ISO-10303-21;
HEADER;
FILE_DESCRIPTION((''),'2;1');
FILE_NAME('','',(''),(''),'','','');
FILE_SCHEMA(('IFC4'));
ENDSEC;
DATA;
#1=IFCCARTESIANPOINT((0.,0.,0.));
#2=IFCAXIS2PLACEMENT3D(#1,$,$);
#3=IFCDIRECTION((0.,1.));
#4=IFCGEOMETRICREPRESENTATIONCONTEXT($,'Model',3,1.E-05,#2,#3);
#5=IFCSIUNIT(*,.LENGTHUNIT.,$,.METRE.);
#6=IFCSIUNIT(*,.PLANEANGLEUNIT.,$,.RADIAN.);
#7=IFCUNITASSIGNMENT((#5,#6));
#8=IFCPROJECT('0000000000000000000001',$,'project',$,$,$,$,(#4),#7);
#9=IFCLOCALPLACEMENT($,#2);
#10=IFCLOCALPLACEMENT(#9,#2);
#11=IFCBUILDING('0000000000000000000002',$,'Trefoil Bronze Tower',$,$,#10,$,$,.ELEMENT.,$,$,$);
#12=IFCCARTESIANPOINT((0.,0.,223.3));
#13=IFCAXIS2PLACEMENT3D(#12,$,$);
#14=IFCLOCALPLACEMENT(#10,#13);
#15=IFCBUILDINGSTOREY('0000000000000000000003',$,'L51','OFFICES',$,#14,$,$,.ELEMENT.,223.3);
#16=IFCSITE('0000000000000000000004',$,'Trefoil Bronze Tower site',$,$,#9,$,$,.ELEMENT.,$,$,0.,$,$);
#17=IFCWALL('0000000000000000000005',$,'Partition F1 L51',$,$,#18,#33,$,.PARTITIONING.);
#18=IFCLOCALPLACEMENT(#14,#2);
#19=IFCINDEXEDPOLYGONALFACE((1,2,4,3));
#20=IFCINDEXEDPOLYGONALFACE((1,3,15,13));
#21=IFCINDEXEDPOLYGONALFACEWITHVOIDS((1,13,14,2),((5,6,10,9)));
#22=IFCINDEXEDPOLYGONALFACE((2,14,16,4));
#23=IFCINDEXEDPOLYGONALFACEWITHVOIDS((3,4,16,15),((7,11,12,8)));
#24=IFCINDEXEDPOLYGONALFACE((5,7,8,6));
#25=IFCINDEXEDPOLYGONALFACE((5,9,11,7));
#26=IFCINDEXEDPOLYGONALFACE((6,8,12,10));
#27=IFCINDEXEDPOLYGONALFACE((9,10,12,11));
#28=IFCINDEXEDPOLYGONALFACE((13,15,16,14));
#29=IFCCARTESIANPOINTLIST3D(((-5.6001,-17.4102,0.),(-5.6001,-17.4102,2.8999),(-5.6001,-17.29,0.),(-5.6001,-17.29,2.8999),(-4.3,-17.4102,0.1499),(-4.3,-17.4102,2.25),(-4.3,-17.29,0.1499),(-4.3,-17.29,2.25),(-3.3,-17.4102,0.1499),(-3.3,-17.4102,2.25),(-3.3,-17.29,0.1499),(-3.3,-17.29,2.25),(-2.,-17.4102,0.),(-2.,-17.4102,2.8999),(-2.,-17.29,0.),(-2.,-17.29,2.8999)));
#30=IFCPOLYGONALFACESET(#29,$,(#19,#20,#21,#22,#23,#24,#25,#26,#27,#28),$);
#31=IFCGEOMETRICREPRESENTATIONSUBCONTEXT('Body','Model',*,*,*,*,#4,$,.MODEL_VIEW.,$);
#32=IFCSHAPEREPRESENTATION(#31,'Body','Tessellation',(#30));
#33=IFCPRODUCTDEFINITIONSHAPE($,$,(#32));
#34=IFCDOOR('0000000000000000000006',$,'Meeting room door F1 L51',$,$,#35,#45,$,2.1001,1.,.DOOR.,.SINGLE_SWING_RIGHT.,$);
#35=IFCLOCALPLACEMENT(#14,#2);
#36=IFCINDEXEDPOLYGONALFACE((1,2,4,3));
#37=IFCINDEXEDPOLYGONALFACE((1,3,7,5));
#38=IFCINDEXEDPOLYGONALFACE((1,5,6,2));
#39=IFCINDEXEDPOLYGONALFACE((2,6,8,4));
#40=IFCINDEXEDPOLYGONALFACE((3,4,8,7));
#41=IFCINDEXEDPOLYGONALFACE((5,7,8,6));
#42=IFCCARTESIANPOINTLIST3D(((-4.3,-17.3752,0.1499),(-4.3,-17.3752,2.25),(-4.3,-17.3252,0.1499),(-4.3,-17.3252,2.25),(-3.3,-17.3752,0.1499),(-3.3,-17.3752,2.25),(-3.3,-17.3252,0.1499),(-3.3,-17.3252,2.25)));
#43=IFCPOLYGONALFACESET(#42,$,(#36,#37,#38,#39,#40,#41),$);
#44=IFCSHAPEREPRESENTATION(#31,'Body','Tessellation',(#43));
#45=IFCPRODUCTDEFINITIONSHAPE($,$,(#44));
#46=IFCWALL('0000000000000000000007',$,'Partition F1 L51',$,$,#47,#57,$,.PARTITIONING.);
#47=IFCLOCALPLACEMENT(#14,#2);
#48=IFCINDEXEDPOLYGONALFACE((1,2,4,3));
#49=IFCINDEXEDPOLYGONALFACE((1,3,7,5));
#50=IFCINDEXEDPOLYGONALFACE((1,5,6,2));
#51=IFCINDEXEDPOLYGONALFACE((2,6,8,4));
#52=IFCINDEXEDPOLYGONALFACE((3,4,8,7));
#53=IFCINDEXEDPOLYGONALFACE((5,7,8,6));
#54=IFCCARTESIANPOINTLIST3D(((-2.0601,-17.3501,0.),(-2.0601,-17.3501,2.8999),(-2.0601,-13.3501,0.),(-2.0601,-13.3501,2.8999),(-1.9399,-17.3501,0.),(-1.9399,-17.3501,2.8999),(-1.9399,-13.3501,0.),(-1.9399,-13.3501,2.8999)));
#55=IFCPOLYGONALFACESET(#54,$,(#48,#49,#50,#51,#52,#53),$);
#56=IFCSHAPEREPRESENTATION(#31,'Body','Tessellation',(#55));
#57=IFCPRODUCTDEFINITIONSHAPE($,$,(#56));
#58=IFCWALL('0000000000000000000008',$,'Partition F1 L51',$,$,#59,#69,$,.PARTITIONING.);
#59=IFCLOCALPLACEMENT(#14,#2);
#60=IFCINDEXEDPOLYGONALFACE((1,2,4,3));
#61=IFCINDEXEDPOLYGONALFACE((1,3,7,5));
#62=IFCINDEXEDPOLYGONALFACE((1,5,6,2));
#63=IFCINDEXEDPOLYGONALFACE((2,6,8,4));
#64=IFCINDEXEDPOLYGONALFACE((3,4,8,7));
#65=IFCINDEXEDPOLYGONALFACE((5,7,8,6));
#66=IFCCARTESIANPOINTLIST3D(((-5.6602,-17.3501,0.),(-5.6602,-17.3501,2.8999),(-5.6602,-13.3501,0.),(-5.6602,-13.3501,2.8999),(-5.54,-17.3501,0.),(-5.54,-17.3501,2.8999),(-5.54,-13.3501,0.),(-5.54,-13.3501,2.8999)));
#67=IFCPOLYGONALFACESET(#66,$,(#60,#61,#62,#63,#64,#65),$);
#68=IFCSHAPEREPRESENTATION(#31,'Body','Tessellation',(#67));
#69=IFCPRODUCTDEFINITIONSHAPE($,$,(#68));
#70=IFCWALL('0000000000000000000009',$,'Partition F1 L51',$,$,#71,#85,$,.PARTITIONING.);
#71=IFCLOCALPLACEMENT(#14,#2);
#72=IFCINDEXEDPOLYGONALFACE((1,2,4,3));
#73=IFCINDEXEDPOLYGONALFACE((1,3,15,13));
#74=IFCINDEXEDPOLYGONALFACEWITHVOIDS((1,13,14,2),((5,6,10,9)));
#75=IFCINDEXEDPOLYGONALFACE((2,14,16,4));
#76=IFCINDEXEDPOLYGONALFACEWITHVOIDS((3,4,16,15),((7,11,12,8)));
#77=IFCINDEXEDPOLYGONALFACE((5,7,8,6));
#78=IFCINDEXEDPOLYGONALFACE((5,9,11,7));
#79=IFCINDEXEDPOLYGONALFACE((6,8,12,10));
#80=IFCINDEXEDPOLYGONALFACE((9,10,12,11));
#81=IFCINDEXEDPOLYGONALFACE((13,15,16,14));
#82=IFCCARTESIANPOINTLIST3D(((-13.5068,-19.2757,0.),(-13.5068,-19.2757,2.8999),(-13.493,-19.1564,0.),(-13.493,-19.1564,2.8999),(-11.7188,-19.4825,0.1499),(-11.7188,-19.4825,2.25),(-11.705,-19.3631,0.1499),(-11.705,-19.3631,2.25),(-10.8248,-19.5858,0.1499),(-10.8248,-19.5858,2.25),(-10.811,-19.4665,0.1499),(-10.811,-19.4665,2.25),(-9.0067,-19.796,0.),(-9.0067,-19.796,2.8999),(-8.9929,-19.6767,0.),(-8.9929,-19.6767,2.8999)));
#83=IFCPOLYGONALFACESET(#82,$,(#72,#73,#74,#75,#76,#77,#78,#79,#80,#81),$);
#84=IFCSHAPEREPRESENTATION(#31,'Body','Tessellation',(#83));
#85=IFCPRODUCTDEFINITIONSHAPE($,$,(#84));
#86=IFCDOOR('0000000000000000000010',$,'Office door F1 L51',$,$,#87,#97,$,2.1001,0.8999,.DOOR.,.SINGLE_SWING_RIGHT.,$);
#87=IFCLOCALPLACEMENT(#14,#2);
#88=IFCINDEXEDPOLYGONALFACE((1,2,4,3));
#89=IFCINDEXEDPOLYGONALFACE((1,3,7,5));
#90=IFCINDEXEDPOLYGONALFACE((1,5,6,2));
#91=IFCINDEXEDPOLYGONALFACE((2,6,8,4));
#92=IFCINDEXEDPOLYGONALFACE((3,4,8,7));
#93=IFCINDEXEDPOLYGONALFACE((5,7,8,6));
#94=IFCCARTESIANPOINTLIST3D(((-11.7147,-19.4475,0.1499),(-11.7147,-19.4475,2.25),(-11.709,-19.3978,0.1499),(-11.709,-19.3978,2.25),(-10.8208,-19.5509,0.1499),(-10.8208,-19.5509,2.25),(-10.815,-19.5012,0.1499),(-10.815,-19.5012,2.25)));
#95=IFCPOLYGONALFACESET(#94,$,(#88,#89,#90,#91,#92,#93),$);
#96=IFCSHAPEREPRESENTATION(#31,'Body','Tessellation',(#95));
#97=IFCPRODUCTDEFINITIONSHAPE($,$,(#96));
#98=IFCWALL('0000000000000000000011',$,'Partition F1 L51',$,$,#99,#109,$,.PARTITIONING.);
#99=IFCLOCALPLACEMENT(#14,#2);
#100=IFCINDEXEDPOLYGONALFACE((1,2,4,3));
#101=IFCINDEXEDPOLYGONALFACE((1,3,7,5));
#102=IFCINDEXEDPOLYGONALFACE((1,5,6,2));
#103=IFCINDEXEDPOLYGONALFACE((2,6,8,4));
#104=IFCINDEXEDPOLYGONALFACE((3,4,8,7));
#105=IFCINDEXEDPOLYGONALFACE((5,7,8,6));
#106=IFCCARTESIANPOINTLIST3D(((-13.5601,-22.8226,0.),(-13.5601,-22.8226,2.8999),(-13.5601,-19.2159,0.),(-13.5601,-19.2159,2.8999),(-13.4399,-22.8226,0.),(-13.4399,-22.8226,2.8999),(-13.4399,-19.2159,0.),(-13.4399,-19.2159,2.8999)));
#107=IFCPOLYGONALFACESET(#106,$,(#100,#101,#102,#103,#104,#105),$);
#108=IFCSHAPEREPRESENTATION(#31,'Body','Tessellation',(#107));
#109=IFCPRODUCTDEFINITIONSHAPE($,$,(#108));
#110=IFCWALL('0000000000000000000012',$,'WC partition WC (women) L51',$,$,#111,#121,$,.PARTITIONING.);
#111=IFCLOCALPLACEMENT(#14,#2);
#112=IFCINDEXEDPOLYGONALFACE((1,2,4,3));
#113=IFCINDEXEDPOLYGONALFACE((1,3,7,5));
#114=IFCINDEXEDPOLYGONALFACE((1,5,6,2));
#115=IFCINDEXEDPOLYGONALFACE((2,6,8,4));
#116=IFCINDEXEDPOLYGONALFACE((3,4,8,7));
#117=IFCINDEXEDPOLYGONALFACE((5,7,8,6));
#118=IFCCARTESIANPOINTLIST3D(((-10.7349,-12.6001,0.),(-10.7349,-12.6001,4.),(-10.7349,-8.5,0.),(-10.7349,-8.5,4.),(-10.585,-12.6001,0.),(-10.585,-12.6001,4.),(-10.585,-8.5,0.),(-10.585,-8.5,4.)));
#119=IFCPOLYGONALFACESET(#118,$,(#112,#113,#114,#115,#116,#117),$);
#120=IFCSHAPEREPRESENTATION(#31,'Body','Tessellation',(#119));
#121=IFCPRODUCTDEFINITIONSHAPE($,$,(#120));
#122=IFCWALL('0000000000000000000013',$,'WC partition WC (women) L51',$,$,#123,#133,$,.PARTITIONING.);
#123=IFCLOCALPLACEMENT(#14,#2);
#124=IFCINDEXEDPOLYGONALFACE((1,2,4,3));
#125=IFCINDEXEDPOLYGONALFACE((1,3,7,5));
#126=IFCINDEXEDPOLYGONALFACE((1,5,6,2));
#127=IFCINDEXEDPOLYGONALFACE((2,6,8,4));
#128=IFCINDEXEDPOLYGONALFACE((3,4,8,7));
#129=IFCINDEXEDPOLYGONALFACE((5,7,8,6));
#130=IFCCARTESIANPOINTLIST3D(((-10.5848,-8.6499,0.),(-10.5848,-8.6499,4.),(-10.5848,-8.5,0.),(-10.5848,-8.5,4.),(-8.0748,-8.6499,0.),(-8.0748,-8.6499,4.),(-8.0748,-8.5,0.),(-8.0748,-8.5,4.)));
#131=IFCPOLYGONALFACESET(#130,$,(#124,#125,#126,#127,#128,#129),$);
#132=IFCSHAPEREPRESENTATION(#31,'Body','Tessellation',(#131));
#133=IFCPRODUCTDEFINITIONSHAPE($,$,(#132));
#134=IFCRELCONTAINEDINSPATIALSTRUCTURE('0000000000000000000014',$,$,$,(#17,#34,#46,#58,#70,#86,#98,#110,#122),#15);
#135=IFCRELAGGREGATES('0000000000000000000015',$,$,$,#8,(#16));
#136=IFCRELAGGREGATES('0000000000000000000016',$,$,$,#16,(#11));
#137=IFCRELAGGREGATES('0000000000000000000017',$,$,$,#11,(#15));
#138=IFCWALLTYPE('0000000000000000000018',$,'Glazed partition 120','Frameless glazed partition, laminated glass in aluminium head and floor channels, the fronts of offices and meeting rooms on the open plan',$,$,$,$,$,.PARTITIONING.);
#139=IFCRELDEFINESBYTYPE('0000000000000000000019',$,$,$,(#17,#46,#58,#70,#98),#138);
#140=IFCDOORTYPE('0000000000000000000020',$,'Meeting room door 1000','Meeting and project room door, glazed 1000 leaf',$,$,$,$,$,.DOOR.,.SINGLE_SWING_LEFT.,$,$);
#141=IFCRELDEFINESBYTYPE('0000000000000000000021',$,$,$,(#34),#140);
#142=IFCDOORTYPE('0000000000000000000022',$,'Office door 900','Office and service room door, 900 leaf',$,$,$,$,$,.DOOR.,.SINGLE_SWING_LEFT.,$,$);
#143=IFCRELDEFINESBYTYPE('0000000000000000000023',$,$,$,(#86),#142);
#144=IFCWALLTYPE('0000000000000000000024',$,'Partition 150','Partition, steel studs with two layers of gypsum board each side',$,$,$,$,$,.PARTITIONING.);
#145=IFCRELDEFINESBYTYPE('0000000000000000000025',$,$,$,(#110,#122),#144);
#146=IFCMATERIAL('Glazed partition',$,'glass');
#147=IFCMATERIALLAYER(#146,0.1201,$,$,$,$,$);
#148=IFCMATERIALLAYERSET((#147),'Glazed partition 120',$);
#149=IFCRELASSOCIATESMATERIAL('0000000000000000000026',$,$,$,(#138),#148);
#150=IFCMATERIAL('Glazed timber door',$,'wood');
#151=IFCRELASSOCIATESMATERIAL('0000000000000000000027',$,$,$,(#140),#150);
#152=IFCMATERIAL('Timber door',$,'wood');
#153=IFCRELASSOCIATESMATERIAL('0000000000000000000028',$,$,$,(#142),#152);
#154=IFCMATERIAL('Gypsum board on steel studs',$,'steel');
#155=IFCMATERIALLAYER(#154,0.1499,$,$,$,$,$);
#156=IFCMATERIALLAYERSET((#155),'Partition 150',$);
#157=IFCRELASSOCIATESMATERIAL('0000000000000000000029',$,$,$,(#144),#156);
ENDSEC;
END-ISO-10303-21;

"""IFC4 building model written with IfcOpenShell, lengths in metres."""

from ifc_helpers import new_model, si_unit, direction, frame, frame_2d, origin, place, context, subcontext, project, spatial, rectangle, extrude, material, layer, layer_set, type_object, element, fill, save


model = new_model("IFC4")

# Units and contexts
model_context = context("Model", 3, precision=1e-05, world=origin(), true_north=direction((0.0, 1.0)))
body_context = subcontext(model_context, "Body", "Model", "MODEL_VIEW")
ifc_project = project(units=[si_unit("LENGTHUNIT", "METRE"), si_unit("PLANEANGLEUNIT", "RADIAN")], contexts=[model_context])

# Site, building, storey
site_placement = place(None, origin())
site = spatial("IfcSite", under=ifc_project, at=site_placement, Name="Trefoil Bronze Tower site", CompositionType="ELEMENT", RefElevation=0.0)
building_placement = place(site_placement, origin())
building = spatial("IfcBuilding", under=site, at=building_placement, Name="Trefoil Bronze Tower", CompositionType="ELEMENT")
storey_placement = place(building_placement, frame((0.0, 0.0, 223.3)))
storey = spatial("IfcBuildingStorey", under=building, at=storey_placement, Name="L51", Description="OFFICES", CompositionType="ELEMENT", Elevation=223.3)

# Wall, opening, door
ifc_material_1 = material(Name="Glazed partition", Category="glass")
ifc_layer_1 = layer(ifc_material_1, 0.1201)
ifc_layer_set_1 = layer_set([ifc_layer_1], Name="Glazed partition 120")
wall_type_1 = type_object("IfcWallType", Name="Glazed partition 120", Description="Frameless glazed partition, laminated glass in aluminium head and floor channels, the fronts of offices and meeting rooms on the open plan", PredefinedType="PARTITIONING", material=ifc_layer_set_1)
wall_1_placement = place(storey_placement, frame((-5.6001, -17.3501, 0.0), z_axis=(0.0, 0.0, 1.0), x_axis=(1.0, 0.0, 0.0)))
wall_1 = element("IfcWall", 1, at=wall_1_placement, inside=storey, type_object=wall_type_1, Name="Partition F1 L51", PredefinedType="PARTITIONING", context=body_context, shape_type="SweptSolid", body=[
    extrude(rectangle(XDim=3.6001, YDim=0.1201, at=frame_2d((1.8, 0.0))), origin(), (0.0, 0.0, 1.0), 2.8999),
])
opening_1_placement = place(wall_1_placement, frame((1.3, 0.0, 0.1499)))
opening_1 = element("IfcOpeningElement", 2, at=opening_1_placement, cuts=wall_1, PredefinedType="OPENING", context=body_context, shape_type="SweptSolid", body=[
    extrude(rectangle(XDim=1.0, YDim=2.1001, at=frame_2d((0.5, 1.05))), frame((0.0, 0.0701, 0.0), z_axis=(0.0, -1.0, 0.0), x_axis=(1.0, 0.0, 0.0)), (0.0, 0.0, 1.0), 0.1401),
])
ifc_material_2 = material(Name="Glazed timber door", Category="wood")
door_type_1 = type_object("IfcDoorType", Name="Meeting room door 1000", Description="Meeting and project room door, glazed 1000 leaf", OperationType="SINGLE_SWING_LEFT", PredefinedType="DOOR", material=ifc_material_2)
door_1_placement = place(opening_1_placement, origin())
door_1 = element("IfcDoor", 3, at=door_1_placement, inside=storey, type_object=door_type_1, Name="Meeting room door F1 L51", OperationType="SINGLE_SWING_RIGHT", OverallHeight=2.1001, OverallWidth=1.0, PredefinedType="DOOR", context=body_context, shape_type="SweptSolid", body=[
    extrude(rectangle(XDim=1.0, YDim=2.1001, at=frame_2d((0.5, 1.05))), frame((0.0, 0.0249, 0.0), z_axis=(0.0, -1.0, 0.0), x_axis=(1.0, 0.0, 0.0)), (0.0, 0.0, 1.0), 0.05),
])
fill(opening_1, door_1)

# Walls
for number, where, z_axis, x_axis, name in (
    (4, (-2.0, -13.3501, 0.0), (0.0, 0.0, 1.0), (0.0, -1.0, 0.0), "Partition F1 L51"),
    (5, (-5.6001, -13.3501, 0.0), (0.0, 0.0, 1.0), (0.0, -1.0, 0.0), "Partition F1 L51"),
):
    element("IfcWall", number, at=place(storey_placement, frame(where, z_axis=z_axis, x_axis=x_axis)), inside=storey, type_object=wall_type_1, Name=name, PredefinedType="PARTITIONING", context=body_context, shape_type="SweptSolid", body=[
        extrude(rectangle(XDim=4.0, YDim=0.1201, at=frame_2d((2.0, 0.0))), origin(), (0.0, 0.0, 1.0), 2.8999),
    ])

# Wall, opening, door
wall_2_placement = place(storey_placement, frame((-13.5, -19.2161, 0.0), z_axis=(0.0, 0.0, 1.0), x_axis=(0.993383, -0.114849, 0.0)))
wall_2 = element("IfcWall", 6, at=wall_2_placement, inside=storey, type_object=wall_type_1, Name="Partition F1 L51", PredefinedType="PARTITIONING", context=body_context, shape_type="SweptSolid", body=[
    extrude(rectangle(XDim=4.53, YDim=0.1201, at=frame_2d((2.2651, 0.0))), origin(), (0.0, 0.0, 1.0), 2.8999),
])
opening_2_placement = place(wall_2_placement, frame((1.8, 0.0, 0.1499)))
opening_2 = element("IfcOpeningElement", 7, at=opening_2_placement, cuts=wall_2, PredefinedType="OPENING", context=body_context, shape_type="SweptSolid", body=[
    extrude(rectangle(XDim=0.8999, YDim=2.1001, at=frame_2d((0.45, 1.05))), frame((0.0, 0.0701, 0.0), z_axis=(0.0, -1.0, 0.0), x_axis=(1.0, 0.0, 0.0)), (0.0, 0.0, 1.0), 0.1401),
])
ifc_material_3 = material(Name="Timber door", Category="wood")
door_type_2 = type_object("IfcDoorType", Name="Office door 900", Description="Office and service room door, 900 leaf", OperationType="SINGLE_SWING_LEFT", PredefinedType="DOOR", material=ifc_material_3)
door_2_placement = place(opening_2_placement, frame((0.8999, 0.0, 0.0), z_axis=(0.0, 0.0, 1.0), x_axis=(-1.0, 0.0, 0.0)))
door_2 = element("IfcDoor", 8, at=door_2_placement, inside=storey, type_object=door_type_2, Name="Office door F1 L51", OperationType="SINGLE_SWING_RIGHT", OverallHeight=2.1001, OverallWidth=0.8999, PredefinedType="DOOR", context=body_context, shape_type="SweptSolid", body=[
    extrude(rectangle(XDim=0.8999, YDim=2.1001, at=frame_2d((0.45, 1.05))), frame((0.0, 0.0249, 0.0), z_axis=(0.0, -1.0, 0.0), x_axis=(1.0, 0.0, 0.0)), (0.0, 0.0, 1.0), 0.05),
])
fill(opening_2, door_2)

# Walls
wall_3_placement = place(storey_placement, frame((-13.5, -19.2161, 0.0), z_axis=(0.0, 0.0, 1.0), x_axis=(0.0, -1.0, 0.0)))
element("IfcWall", 9, at=wall_3_placement, inside=storey, type_object=wall_type_1, Name="Partition F1 L51", PredefinedType="PARTITIONING", context=body_context, shape_type="SweptSolid", body=[
    extrude(rectangle(XDim=3.6067, YDim=0.1201, at=frame_2d((1.8032, 0.0))), origin(), (0.0, 0.0, 1.0), 2.8999),
])
ifc_material_4 = material(Name="Gypsum board on steel studs", Category="steel")
ifc_layer_2 = layer(ifc_material_4, 0.1499)
ifc_layer_set_2 = layer_set([ifc_layer_2], Name="Partition 150")
wall_type_2 = type_object("IfcWallType", Name="Partition 150", Description="Partition, steel studs with two layers of gypsum board each side", PredefinedType="PARTITIONING", material=ifc_layer_set_2)
wall_4_placement = place(storey_placement, frame((-10.6599, -8.5, 0.0), z_axis=(0.0, 0.0, 1.0), x_axis=(0.0, -1.0, 0.0)))
element("IfcWall", 10, at=wall_4_placement, inside=storey, type_object=wall_type_2, Name="WC partition WC (women) L51", PredefinedType="PARTITIONING", context=body_context, shape_type="SweptSolid", body=[
    extrude(rectangle(XDim=4.1001, YDim=0.1499, at=frame_2d((2.05, 0.0))), origin(), (0.0, 0.0, 1.0), 4.0),
])
wall_5_placement = place(storey_placement, frame((-8.075, -8.575, 0.0), z_axis=(0.0, 0.0, 1.0), x_axis=(-1.0, 0.0, 0.0)))
element("IfcWall", 11, at=wall_5_placement, inside=storey, type_object=wall_type_2, Name="WC partition WC (women) L51", PredefinedType="PARTITIONING", context=body_context, shape_type="SweptSolid", body=[
    extrude(rectangle(XDim=2.51, YDim=0.1499, at=frame_2d((1.2549, 0.0))), origin(), (0.0, 0.0, 1.0), 4.0),
])

save(model, "model.ifc")
